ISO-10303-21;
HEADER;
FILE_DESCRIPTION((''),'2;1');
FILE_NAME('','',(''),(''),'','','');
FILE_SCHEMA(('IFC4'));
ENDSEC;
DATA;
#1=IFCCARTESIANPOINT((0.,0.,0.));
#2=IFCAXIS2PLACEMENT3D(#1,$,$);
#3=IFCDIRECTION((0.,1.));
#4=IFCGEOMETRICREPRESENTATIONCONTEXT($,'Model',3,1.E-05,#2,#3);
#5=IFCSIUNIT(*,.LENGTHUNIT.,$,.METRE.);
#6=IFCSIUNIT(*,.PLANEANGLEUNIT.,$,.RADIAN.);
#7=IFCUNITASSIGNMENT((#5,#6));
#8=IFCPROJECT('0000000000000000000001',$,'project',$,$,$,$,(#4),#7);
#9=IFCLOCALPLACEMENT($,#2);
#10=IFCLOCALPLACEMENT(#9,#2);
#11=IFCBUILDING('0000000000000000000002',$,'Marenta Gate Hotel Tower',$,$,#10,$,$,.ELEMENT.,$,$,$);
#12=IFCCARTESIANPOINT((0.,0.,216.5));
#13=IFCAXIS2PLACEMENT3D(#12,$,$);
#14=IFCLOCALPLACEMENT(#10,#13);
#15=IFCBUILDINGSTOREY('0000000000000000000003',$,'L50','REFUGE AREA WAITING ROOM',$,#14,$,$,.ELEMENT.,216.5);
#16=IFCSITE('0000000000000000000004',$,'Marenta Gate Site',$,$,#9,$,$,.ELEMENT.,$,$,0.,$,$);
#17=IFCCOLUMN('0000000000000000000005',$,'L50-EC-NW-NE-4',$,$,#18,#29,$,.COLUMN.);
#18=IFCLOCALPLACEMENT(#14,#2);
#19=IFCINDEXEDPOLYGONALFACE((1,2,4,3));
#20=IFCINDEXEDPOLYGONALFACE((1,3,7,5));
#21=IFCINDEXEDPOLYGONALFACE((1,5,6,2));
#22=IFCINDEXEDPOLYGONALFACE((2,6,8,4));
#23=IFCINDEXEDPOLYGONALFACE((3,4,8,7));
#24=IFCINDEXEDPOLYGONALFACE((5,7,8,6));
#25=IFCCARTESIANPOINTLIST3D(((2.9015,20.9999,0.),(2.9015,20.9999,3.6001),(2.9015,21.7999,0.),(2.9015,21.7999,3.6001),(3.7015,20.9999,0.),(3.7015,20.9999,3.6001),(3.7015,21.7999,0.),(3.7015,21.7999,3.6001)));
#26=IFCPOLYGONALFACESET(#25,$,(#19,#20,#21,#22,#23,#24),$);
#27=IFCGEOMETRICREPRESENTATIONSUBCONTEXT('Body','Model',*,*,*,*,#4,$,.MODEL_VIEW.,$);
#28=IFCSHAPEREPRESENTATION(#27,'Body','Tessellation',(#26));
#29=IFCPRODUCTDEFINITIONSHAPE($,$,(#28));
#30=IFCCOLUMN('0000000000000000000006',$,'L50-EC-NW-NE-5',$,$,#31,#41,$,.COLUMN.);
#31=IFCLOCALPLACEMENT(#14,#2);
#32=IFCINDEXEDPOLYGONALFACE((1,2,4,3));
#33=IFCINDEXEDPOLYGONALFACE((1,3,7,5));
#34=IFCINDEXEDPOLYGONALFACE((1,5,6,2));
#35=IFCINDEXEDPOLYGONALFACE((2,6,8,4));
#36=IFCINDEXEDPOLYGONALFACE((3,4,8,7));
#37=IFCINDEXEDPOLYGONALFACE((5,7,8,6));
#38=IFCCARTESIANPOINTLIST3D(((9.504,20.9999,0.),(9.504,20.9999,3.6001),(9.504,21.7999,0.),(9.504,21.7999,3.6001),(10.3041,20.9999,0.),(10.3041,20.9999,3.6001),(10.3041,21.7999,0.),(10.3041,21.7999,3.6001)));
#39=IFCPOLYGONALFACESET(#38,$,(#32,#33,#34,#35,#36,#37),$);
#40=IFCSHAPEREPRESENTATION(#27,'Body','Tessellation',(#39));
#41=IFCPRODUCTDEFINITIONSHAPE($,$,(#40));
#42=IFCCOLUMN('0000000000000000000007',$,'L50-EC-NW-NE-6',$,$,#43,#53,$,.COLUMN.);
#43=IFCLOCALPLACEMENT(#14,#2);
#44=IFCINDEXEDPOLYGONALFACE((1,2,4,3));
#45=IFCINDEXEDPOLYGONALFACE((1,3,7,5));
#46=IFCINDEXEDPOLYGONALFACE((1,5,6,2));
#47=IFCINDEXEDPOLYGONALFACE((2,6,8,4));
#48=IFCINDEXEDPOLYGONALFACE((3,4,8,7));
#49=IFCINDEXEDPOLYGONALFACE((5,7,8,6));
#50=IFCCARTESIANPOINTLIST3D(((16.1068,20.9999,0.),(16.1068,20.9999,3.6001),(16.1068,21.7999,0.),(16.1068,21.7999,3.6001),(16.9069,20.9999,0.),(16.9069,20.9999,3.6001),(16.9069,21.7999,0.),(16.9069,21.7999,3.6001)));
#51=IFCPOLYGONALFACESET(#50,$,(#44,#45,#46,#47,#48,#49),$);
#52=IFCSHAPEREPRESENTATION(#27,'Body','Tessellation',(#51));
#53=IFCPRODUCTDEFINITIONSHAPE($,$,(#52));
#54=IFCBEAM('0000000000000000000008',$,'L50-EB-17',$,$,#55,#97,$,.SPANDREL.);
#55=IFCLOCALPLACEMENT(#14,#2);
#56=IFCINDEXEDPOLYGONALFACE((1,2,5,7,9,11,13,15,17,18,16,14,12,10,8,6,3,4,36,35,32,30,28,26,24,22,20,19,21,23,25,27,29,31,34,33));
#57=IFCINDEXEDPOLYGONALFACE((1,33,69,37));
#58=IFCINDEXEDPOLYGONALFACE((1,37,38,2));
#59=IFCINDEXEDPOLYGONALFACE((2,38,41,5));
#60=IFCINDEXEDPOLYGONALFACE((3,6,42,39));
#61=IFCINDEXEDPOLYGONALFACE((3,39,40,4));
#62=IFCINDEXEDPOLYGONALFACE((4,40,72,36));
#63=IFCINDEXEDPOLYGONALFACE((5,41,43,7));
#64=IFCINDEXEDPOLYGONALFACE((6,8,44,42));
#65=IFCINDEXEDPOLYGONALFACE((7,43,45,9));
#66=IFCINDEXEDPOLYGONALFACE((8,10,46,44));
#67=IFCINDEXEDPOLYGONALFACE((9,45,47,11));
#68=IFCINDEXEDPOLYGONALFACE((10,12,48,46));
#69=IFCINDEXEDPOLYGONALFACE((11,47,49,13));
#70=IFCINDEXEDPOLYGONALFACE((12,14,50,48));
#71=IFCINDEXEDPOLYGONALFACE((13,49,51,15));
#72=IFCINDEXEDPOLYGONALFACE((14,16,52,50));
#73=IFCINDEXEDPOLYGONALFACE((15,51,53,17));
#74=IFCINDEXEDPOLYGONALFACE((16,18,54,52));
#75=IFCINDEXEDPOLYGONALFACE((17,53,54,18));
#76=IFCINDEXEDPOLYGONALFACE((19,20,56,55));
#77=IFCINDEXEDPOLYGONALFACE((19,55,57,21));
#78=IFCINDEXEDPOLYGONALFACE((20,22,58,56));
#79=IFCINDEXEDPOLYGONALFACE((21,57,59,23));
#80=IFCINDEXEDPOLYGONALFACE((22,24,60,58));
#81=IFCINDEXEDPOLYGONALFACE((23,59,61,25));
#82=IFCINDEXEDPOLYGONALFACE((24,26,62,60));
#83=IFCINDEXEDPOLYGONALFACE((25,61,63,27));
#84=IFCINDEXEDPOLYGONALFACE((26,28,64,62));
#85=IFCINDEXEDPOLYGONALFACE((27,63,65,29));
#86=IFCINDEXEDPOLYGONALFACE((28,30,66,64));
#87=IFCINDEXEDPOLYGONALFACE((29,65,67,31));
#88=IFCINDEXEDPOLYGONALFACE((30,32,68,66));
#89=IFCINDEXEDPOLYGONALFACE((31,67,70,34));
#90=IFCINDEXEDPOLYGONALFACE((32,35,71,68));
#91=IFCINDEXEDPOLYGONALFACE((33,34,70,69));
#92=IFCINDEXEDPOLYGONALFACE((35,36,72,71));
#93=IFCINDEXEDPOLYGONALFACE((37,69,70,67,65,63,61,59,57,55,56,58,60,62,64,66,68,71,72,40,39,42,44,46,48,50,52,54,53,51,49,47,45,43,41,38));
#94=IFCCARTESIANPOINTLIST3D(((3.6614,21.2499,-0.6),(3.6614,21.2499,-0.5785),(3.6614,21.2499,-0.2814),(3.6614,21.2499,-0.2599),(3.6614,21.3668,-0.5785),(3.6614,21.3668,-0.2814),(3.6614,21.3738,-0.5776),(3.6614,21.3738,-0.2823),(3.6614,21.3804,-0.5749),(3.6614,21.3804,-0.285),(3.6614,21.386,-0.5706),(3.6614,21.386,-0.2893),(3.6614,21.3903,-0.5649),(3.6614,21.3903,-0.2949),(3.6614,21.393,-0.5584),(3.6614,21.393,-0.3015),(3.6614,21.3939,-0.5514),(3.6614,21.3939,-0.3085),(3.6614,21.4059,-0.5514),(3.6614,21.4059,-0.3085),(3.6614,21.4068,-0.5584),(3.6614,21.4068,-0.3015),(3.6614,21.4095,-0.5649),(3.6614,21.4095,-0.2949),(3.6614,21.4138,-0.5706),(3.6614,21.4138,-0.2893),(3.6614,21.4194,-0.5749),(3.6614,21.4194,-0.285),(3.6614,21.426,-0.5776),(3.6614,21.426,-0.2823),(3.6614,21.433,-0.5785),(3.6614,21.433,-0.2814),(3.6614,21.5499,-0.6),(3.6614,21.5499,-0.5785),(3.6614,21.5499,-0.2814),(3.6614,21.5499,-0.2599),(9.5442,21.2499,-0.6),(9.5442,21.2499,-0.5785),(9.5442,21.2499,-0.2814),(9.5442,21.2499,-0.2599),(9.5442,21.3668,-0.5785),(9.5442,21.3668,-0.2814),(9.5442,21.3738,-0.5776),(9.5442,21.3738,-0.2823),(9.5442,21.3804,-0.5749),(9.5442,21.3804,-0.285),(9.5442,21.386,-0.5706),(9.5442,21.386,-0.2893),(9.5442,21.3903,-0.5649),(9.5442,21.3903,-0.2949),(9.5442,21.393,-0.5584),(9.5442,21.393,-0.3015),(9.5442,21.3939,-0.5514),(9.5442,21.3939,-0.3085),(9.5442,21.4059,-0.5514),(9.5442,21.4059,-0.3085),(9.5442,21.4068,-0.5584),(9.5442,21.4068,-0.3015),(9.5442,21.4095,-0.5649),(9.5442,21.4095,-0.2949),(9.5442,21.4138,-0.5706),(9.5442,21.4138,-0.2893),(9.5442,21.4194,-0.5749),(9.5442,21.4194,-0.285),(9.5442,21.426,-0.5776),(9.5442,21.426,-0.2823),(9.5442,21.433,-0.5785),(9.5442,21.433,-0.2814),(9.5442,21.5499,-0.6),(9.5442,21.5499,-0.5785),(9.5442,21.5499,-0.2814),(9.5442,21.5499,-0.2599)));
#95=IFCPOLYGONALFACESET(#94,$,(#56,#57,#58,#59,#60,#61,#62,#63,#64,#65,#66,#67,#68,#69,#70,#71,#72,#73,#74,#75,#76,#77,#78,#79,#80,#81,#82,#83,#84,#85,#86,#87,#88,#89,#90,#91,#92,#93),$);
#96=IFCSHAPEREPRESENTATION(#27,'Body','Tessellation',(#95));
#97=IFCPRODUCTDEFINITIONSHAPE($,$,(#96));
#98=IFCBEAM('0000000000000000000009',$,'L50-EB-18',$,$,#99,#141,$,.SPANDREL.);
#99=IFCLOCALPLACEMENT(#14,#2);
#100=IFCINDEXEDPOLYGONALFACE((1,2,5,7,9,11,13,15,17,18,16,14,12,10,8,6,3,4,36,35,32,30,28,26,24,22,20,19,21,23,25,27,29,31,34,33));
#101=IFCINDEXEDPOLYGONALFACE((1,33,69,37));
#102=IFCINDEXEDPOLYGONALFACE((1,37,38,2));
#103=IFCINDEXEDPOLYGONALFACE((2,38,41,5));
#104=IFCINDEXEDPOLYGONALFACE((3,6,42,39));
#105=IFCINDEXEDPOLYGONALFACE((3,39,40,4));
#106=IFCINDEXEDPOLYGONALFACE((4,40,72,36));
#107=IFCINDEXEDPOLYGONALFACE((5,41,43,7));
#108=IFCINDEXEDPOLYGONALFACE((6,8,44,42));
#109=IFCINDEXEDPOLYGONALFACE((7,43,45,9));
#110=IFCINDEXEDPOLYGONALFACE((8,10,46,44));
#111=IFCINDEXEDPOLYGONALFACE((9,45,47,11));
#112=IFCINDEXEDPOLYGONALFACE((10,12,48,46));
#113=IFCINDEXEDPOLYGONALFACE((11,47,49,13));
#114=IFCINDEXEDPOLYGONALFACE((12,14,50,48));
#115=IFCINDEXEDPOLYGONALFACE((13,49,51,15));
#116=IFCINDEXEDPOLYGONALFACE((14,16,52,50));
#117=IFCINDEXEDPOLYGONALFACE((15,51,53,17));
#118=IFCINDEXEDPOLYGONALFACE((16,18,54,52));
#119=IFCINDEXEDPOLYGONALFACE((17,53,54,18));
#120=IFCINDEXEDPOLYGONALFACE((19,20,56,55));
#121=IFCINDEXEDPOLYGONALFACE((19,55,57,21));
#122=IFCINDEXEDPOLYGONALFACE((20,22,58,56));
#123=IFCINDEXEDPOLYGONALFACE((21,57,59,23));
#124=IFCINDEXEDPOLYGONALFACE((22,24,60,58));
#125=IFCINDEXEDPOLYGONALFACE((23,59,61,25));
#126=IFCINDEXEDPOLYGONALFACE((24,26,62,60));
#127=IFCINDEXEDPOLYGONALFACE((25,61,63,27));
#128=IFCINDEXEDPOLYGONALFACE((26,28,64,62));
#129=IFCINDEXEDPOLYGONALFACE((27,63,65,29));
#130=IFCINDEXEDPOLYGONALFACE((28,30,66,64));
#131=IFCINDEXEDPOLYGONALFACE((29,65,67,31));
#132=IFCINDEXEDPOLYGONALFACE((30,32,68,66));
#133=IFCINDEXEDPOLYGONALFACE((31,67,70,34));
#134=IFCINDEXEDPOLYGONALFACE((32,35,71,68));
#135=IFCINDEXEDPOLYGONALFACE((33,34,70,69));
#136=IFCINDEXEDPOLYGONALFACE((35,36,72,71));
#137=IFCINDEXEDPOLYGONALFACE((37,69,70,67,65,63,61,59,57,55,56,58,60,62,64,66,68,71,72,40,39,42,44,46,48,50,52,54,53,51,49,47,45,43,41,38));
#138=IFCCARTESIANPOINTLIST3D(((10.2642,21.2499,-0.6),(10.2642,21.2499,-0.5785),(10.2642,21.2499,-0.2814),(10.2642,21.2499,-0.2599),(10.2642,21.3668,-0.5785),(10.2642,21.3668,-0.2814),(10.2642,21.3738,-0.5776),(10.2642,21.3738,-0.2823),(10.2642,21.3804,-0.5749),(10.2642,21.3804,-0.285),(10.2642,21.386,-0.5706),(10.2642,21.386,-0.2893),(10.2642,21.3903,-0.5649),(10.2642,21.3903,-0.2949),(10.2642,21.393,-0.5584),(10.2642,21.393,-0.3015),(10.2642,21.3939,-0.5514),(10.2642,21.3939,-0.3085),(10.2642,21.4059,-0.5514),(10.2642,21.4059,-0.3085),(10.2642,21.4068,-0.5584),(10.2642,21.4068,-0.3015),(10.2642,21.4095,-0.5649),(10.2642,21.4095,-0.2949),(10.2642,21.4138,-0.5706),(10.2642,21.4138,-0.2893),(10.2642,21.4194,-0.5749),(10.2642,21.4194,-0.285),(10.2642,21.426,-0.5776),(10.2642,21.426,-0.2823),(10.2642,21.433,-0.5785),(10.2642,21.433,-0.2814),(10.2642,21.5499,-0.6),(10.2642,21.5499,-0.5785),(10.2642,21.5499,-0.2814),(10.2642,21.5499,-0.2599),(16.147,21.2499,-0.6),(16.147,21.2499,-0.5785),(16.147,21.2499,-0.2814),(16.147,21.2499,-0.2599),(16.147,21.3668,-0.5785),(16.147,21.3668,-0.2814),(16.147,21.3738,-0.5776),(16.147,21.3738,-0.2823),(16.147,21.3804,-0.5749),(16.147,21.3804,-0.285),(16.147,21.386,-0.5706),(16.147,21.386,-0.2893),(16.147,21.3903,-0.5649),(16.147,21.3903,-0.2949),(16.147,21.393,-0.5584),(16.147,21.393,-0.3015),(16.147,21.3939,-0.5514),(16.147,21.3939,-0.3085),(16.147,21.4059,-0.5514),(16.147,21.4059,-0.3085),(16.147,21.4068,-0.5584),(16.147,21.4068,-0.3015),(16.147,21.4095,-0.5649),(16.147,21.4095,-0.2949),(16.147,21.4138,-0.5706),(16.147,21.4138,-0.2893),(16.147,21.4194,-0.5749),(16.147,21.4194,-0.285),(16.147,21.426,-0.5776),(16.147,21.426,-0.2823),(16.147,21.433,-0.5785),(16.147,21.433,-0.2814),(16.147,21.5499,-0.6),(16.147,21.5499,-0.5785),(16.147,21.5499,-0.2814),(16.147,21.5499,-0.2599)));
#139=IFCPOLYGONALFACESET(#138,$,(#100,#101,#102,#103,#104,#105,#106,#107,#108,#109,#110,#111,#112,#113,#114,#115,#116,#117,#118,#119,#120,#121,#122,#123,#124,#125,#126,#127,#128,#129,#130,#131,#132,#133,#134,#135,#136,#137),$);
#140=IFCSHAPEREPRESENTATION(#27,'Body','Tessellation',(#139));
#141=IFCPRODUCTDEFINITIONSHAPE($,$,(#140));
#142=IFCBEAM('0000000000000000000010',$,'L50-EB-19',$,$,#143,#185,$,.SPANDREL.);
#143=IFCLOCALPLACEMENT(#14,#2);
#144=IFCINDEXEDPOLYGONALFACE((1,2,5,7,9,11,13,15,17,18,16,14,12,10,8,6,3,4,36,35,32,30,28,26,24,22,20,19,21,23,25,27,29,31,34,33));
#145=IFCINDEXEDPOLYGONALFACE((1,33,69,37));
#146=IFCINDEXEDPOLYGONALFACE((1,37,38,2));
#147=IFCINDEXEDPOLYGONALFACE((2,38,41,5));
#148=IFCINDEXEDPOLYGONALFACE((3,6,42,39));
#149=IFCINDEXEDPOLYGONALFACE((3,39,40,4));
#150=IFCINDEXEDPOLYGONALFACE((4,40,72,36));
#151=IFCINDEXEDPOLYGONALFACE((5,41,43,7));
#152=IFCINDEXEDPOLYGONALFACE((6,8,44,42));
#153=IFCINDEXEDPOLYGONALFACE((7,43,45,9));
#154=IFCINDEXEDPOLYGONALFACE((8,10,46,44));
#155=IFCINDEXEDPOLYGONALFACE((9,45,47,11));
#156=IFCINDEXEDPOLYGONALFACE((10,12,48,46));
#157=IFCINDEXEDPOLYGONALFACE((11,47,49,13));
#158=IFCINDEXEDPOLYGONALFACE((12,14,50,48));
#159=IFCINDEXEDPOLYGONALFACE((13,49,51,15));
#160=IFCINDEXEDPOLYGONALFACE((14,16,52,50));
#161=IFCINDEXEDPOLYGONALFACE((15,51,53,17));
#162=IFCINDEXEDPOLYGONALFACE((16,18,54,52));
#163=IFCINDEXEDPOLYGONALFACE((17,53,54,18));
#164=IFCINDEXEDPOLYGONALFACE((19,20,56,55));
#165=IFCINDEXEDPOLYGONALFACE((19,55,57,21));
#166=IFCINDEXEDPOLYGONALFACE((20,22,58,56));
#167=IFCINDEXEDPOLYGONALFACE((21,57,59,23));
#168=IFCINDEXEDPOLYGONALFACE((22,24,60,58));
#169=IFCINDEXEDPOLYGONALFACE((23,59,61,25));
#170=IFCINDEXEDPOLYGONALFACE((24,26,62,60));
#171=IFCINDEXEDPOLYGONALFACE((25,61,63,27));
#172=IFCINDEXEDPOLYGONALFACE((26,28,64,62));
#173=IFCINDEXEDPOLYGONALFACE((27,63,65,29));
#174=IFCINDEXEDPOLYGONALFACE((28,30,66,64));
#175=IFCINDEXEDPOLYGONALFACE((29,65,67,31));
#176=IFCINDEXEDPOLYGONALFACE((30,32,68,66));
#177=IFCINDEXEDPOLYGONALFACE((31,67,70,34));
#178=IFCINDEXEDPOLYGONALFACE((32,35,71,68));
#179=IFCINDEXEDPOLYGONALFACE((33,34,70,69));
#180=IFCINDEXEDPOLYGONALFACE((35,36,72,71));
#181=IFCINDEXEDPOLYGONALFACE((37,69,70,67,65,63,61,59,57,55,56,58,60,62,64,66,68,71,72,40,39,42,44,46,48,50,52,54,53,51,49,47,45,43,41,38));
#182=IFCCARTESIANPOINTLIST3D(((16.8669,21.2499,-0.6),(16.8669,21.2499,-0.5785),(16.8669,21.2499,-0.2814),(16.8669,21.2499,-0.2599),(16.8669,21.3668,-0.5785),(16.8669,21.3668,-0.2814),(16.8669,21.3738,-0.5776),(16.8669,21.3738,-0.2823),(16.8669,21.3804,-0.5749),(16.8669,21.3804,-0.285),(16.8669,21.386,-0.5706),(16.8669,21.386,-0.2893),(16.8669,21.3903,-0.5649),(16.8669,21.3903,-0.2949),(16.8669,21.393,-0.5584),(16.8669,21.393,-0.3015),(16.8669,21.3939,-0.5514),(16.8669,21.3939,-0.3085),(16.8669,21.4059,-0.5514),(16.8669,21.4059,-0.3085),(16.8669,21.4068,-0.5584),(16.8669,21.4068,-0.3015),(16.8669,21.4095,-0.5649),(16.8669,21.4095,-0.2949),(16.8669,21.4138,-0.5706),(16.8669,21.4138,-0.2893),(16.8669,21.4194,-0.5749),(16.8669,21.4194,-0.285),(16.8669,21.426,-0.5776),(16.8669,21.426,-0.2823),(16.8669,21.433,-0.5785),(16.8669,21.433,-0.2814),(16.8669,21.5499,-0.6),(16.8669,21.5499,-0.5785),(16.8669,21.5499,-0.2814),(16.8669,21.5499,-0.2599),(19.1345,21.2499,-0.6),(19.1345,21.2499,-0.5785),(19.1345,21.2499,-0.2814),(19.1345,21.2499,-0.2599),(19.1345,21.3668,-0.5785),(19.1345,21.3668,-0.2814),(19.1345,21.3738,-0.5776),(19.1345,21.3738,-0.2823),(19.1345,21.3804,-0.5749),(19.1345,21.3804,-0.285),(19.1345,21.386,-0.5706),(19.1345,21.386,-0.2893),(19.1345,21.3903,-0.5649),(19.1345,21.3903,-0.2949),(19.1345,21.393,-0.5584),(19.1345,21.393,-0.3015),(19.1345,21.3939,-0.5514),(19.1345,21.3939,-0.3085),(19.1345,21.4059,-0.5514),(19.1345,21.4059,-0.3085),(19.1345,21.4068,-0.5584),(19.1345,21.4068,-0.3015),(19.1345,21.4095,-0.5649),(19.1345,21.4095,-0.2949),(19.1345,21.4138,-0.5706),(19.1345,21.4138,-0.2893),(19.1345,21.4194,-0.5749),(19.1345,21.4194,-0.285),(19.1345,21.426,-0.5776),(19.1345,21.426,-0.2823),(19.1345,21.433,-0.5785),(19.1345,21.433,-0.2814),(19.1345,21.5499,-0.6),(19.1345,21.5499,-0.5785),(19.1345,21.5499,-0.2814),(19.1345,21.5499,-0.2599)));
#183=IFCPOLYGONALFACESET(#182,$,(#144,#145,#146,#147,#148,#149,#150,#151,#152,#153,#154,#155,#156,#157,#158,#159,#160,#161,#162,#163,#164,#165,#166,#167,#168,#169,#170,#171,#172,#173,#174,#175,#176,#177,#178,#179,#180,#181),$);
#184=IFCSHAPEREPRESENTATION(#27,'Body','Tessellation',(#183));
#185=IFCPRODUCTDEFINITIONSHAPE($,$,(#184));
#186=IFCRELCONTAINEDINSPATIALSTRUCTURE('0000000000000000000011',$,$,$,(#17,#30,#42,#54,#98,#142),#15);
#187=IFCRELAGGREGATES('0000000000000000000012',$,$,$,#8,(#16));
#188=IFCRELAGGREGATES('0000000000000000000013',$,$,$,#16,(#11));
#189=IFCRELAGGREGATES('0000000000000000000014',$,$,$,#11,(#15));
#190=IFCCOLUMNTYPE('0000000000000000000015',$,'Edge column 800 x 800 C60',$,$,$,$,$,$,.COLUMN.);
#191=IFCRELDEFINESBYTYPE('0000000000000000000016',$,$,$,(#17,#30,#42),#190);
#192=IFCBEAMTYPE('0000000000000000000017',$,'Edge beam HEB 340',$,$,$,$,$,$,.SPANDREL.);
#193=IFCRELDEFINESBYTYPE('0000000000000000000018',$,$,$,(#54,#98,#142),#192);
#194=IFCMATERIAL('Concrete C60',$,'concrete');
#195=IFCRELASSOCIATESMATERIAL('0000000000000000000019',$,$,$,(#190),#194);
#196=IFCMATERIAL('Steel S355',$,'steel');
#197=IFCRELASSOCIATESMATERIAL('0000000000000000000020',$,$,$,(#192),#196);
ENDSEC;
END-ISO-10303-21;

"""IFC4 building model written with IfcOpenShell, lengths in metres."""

from ifc_helpers import new_model, si_unit, direction, frame, origin, origin_2d, place, context, subcontext, project, spatial, rectangle, i_section, extrude, material, material_profile, profile_set, type_object, element, save


model = new_model("IFC4")

# Units and contexts
model_context = context("Model", 3, precision=1e-05, world=origin(), true_north=direction((0.0, 1.0)))
body_context = subcontext(model_context, "Body", "Model", "MODEL_VIEW")
ifc_project = project(units=[si_unit("LENGTHUNIT", "METRE"), si_unit("PLANEANGLEUNIT", "RADIAN")], contexts=[model_context])

# Site, building, storey
site_placement = place(None, origin())
site = spatial("IfcSite", under=ifc_project, at=site_placement, Name="Marenta Gate Site", CompositionType="ELEMENT", RefElevation=0.0)
building_placement = place(site_placement, origin())
building = spatial("IfcBuilding", under=site, at=building_placement, Name="Marenta Gate Hotel Tower", CompositionType="ELEMENT")
storey_placement = place(building_placement, frame((0.0, 0.0, 216.5)))
storey = spatial("IfcBuildingStorey", under=building, at=storey_placement, Name="L50", Description="REFUGE AREA WAITING ROOM", CompositionType="ELEMENT", Elevation=216.5)

# Columns
ifc_material_1 = material(Name="Concrete C60", Category="concrete")
ifc_material_profile_1 = material_profile(ifc_material_1, rectangle(XDim=0.8, YDim=0.8, at=origin_2d()), Name="800 x 800")
ifc_profile_set_1 = profile_set([ifc_material_profile_1], Name="Concrete C60")
column_type = type_object("IfcColumnType", Name="Edge column 800 x 800 C60", PredefinedType="COLUMN", material=ifc_profile_set_1)
for number, where, z_axis, x_axis, name in (
    (1, (3.3015, 21.3999, 0.0), (0.0, 0.0, 1.0), (1.0, 0.0, 0.0), "L50-EC-NW-NE-4"),
    (2, (9.9041, 21.3999, 0.0), (0.0, 0.0, 1.0), (1.0, 0.0, 0.0), "L50-EC-NW-NE-5"),
    (3, (16.5068, 21.3999, 0.0), (0.0, 0.0, 1.0), (1.0, 0.0, 0.0), "L50-EC-NW-NE-6"),
):
    element("IfcColumn", number, at=place(storey_placement, frame(where, z_axis=z_axis, x_axis=x_axis)), inside=storey, type_object=column_type, Name=name, PredefinedType="COLUMN", context=body_context, shape_type="SweptSolid", body=[
        extrude(rectangle(XDim=0.8, YDim=0.8, at=origin_2d()), origin(), (0.0, 0.0, 1.0), 3.6001),
    ])

# Beams
ifc_material_2 = material(Name="Steel S355", Category="steel")
ifc_material_profile_2 = material_profile(ifc_material_2, i_section(OverallWidth=0.3, OverallDepth=0.3401, WebThickness=0.012, FlangeThickness=0.0215, FilletRadius=0.0271, at=origin_2d()), Name="HEB 340")
ifc_profile_set_2 = profile_set([ifc_material_profile_2], Name="Steel S355")
beam_type_1 = type_object("IfcBeamType", Name="Edge beam HEB 340", PredefinedType="SPANDREL", material=ifc_profile_set_2)
for number, where, z_axis, x_axis, name in (
    (4, (3.6614, 21.3999, -0.4299), (1.0, 0.0, 0.0), (0.0, 1.0, 0.0), "L50-EB-17"),
    (5, (10.2642, 21.3999, -0.4299), (1.0, 0.0, 0.0), (0.0, 1.0, 0.0), "L50-EB-18"),
):
    element("IfcBeam", number, at=place(storey_placement, frame(where, z_axis=z_axis, x_axis=x_axis)), inside=storey, type_object=beam_type_1, Name=name, PredefinedType="SPANDREL", context=body_context, shape_type="SweptSolid", body=[
        extrude(i_section(OverallWidth=0.3, OverallDepth=0.3401, WebThickness=0.012, FlangeThickness=0.0215, FilletRadius=0.0271, at=origin_2d()), origin(), (0.0, 0.0, 1.0), 5.8828),
    ])
beam_1_placement = place(storey_placement, frame((16.8669, 21.3999, -0.4299), z_axis=(1.0, 0.0, 0.0), x_axis=(0.0, 1.0, 0.0)))
element("IfcBeam", 6, at=beam_1_placement, inside=storey, type_object=beam_type_1, Name="L50-EB-19", PredefinedType="SPANDREL", context=body_context, shape_type="SweptSolid", body=[
    extrude(i_section(OverallWidth=0.3, OverallDepth=0.3401, WebThickness=0.012, FlangeThickness=0.0215, FilletRadius=0.0271, at=origin_2d()), origin(), (0.0, 0.0, 1.0), 2.2676),
])

save(model, "model.ifc")
